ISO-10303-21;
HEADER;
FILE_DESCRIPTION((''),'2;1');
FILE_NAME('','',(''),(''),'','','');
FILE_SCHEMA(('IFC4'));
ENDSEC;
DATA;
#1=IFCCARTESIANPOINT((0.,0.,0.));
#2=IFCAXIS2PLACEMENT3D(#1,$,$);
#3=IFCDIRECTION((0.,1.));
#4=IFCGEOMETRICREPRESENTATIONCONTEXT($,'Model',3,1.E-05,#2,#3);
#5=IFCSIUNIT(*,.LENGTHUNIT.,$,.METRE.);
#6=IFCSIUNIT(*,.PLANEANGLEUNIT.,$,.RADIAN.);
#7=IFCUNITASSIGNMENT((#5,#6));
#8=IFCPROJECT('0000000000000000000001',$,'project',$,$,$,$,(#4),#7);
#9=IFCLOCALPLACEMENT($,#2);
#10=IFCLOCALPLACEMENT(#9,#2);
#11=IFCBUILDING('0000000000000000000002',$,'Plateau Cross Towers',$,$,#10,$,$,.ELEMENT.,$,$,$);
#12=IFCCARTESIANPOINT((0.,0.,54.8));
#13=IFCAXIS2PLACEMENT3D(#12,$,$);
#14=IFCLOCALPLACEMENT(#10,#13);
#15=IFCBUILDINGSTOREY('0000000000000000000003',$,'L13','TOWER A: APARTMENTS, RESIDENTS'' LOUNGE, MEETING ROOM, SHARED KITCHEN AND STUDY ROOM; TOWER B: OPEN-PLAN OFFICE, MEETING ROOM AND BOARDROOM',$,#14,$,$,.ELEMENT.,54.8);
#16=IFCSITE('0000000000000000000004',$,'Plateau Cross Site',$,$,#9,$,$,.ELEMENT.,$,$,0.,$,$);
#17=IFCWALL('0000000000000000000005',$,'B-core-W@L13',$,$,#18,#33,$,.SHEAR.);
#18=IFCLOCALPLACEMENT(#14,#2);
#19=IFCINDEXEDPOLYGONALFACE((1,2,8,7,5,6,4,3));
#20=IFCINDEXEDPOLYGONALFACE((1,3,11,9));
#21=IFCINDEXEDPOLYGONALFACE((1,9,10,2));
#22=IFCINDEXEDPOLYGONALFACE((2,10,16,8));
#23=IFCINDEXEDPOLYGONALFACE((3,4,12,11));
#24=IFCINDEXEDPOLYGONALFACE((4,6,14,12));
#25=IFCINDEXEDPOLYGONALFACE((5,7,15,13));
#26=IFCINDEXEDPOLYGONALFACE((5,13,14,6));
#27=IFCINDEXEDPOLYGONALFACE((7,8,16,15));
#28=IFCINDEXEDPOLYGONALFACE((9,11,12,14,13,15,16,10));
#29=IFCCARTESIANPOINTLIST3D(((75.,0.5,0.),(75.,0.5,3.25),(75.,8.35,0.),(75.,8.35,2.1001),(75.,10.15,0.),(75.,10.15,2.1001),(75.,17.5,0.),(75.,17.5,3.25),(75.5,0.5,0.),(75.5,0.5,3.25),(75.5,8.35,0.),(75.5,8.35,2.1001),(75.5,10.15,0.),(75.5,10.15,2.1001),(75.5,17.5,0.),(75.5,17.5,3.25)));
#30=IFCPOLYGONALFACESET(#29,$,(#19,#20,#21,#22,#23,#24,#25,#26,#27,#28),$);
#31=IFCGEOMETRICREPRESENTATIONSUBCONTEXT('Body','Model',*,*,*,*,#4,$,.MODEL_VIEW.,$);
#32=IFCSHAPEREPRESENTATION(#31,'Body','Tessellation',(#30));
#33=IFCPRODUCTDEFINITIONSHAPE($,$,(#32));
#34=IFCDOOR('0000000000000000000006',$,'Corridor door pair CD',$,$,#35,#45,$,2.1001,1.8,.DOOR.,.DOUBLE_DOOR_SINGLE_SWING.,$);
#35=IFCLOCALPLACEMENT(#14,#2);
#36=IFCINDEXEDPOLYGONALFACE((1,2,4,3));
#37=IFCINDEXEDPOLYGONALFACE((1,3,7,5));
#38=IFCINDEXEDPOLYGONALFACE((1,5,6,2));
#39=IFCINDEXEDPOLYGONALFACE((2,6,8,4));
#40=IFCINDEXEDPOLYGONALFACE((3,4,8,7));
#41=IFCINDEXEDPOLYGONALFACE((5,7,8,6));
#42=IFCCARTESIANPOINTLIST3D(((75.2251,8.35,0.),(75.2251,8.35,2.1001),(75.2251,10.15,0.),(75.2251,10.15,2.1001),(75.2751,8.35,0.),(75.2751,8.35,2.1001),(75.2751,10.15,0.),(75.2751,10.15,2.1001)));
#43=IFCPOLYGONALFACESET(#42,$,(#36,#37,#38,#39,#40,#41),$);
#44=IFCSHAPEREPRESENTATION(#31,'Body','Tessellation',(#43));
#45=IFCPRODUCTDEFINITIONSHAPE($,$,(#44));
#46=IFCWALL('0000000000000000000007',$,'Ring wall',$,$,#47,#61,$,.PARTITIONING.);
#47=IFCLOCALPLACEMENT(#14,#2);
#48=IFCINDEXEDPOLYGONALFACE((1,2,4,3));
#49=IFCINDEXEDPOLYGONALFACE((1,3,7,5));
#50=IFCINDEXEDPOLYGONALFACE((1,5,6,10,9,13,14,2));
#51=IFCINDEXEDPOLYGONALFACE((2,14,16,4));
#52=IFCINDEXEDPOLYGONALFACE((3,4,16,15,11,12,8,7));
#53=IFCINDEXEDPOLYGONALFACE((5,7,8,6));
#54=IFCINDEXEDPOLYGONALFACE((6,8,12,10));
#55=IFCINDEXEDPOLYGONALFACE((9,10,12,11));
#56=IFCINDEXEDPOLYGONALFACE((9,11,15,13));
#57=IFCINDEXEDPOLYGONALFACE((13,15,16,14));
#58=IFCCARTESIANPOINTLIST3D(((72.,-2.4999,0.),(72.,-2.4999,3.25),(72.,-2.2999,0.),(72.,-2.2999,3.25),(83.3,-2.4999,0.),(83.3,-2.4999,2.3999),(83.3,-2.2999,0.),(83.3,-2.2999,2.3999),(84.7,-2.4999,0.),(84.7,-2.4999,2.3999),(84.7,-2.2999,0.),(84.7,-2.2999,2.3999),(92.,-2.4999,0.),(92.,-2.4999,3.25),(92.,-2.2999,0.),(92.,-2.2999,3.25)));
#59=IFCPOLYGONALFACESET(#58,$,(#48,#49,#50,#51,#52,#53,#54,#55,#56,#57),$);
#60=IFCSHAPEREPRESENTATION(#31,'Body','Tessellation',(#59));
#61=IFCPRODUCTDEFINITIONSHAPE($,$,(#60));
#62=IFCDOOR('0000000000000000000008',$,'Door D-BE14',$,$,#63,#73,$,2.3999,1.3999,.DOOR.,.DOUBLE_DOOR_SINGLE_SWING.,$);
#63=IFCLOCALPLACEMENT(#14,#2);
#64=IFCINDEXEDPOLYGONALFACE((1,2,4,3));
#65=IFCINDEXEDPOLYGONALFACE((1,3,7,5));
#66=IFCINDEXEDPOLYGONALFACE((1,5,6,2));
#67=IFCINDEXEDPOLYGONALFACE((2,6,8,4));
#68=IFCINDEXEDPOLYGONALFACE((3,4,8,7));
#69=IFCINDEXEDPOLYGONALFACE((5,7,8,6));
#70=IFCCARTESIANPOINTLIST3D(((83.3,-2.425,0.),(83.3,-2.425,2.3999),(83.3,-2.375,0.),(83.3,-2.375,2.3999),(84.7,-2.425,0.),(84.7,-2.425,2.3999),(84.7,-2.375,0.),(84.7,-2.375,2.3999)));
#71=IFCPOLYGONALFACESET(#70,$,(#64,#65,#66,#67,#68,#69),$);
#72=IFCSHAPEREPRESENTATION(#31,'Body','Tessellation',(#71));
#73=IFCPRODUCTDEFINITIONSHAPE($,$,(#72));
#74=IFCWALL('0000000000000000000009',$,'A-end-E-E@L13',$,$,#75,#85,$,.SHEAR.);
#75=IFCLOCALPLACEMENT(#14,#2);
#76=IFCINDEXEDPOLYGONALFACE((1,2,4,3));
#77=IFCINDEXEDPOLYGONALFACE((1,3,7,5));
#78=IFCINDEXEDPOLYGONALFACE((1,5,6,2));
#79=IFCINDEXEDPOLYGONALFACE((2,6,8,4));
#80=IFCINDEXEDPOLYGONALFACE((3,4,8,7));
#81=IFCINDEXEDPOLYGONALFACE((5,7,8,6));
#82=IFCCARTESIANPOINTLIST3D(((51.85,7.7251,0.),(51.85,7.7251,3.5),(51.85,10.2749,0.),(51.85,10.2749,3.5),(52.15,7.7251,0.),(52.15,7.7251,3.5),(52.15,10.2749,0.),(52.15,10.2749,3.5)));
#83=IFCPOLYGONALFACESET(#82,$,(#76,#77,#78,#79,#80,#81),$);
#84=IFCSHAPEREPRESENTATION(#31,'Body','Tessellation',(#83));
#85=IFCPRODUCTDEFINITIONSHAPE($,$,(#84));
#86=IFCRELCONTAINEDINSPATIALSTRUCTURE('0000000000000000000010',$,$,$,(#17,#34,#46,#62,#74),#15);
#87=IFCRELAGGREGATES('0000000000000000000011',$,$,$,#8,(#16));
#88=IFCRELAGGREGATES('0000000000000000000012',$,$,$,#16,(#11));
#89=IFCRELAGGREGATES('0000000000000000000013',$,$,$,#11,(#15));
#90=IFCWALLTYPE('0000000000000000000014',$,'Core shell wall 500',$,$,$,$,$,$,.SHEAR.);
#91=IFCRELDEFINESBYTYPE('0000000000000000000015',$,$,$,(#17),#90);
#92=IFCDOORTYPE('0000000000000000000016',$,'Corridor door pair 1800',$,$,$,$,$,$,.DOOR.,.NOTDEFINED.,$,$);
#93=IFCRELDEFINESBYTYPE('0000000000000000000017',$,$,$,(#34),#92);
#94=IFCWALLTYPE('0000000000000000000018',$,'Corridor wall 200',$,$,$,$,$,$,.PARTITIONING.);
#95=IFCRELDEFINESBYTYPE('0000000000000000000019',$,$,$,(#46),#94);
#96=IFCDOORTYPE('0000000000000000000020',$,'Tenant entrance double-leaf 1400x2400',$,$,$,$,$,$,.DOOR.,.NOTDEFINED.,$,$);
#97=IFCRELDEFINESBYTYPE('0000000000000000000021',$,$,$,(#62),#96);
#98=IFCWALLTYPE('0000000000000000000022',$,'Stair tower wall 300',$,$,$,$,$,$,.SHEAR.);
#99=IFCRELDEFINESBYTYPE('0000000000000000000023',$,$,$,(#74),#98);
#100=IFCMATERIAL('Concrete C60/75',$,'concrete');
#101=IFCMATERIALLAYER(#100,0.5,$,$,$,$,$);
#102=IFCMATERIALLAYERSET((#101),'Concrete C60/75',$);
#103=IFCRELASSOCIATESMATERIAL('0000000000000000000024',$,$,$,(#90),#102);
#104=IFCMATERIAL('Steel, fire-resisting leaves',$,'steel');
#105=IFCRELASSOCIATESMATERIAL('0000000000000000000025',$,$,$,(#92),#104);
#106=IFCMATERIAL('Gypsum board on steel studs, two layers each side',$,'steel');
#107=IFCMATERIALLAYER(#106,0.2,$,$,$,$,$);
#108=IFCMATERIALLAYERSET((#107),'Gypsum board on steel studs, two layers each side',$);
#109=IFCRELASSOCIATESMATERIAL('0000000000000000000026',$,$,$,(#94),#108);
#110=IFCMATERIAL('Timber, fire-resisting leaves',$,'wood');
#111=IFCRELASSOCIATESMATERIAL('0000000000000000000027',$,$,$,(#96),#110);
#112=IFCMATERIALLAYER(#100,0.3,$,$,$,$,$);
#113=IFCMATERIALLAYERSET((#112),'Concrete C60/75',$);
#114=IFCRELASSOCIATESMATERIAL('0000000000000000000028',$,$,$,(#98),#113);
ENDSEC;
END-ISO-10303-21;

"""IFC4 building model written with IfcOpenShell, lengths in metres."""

from ifc_helpers import new_model, si_unit, direction, frame, frame_2d, origin, place, context, subcontext, project, spatial, rectangle, extrude, material, layer, layer_set, type_object, element, fill, save


model = new_model("IFC4")

# Units and contexts
model_context = context("Model", 3, precision=1e-05, world=origin(), true_north=direction((0.0, 1.0)))
body_context = subcontext(model_context, "Body", "Model", "MODEL_VIEW")
ifc_project = project(units=[si_unit("LENGTHUNIT", "METRE"), si_unit("PLANEANGLEUNIT", "RADIAN")], contexts=[model_context])

# Site, building, storey
site_placement = place(None, origin())
site = spatial("IfcSite", under=ifc_project, at=site_placement, Name="Plateau Cross Site", CompositionType="ELEMENT", RefElevation=0.0)
building_placement = place(site_placement, origin())
building = spatial("IfcBuilding", under=site, at=building_placement, Name="Plateau Cross Towers", CompositionType="ELEMENT")
storey_placement = place(building_placement, frame((0.0, 0.0, 54.8)))
storey = spatial("IfcBuildingStorey", under=building, at=storey_placement, Name="L13", Description="TOWER A: APARTMENTS, RESIDENTS' LOUNGE, MEETING ROOM, SHARED KITCHEN AND STUDY ROOM; TOWER B: OPEN-PLAN OFFICE, MEETING ROOM AND BOARDROOM", CompositionType="ELEMENT", Elevation=54.8)

# Shared definitions
ifc_material_1 = material(Name="Concrete C60/75", Category="concrete")

# Shared definitions
ifc_layer_1 = layer(ifc_material_1, 0.5)
ifc_layer_set_1 = layer_set([ifc_layer_1], Name="Concrete C60/75")
wall_type_1 = type_object("IfcWallType", Name="Core shell wall 500", PredefinedType="SHEAR", material=ifc_layer_set_1)

# Walls, openings, doors
wall_1_placement = place(storey_placement, frame((75.25, 0.5, 0.0), z_axis=(0.0, 0.0, 1.0), x_axis=(0.0, 1.0, 0.0)))
wall_1 = element("IfcWall", 1, at=wall_1_placement, inside=storey, type_object=wall_type_1, Name="B-core-W@L13", PredefinedType="SHEAR", context=body_context, shape_type="SweptSolid", body=[
    extrude(rectangle(XDim=17.0, YDim=0.5, at=frame_2d((8.5, 0.0))), origin(), (0.0, 0.0, 1.0), 3.25),
])
opening_1_placement = place(wall_1_placement, frame((7.8501, 0.0, 0.0)))
opening_1 = element("IfcOpeningElement", 2, at=opening_1_placement, cuts=wall_1, PredefinedType="OPENING", context=body_context, shape_type="SweptSolid", body=[
    extrude(rectangle(XDim=1.8, YDim=2.1001, at=frame_2d((0.8999, 1.05))), frame((0.0, 0.26, 0.0), z_axis=(0.0, -1.0, 0.0), x_axis=(1.0, 0.0, 0.0)), (0.0, 0.0, 1.0), 0.52),
])
ifc_material_2 = material(Name="Steel, fire-resisting leaves", Category="steel")
door_type_1 = type_object("IfcDoorType", Name="Corridor door pair 1800", OperationType="NOTDEFINED", PredefinedType="DOOR", material=ifc_material_2)
door_1_placement = place(opening_1_placement, origin())
door_1 = element("IfcDoor", 3, at=door_1_placement, inside=storey, type_object=door_type_1, Name="Corridor door pair CD", OperationType="DOUBLE_DOOR_SINGLE_SWING", OverallHeight=2.1001, OverallWidth=1.8, PredefinedType="DOOR", context=body_context, shape_type="SweptSolid", body=[
    extrude(rectangle(XDim=1.8, YDim=2.1001, at=frame_2d((0.8999, 1.05))), frame((0.0, 0.0249, 0.0), z_axis=(0.0, -1.0, 0.0), x_axis=(1.0, 0.0, 0.0)), (0.0, 0.0, 1.0), 0.05),
])
fill(opening_1, door_1)
ifc_material_3 = material(Name="Gypsum board on steel studs, two layers each side", Category="steel")
ifc_layer_2 = layer(ifc_material_3, 0.2)
ifc_layer_set_2 = layer_set([ifc_layer_2], Name="Gypsum board on steel studs, two layers each side")
wall_type_2 = type_object("IfcWallType", Name="Corridor wall 200", PredefinedType="PARTITIONING", material=ifc_layer_set_2)
wall_2_placement = place(storey_placement, frame((72.0, -2.3999, 0.0), z_axis=(0.0, 0.0, 1.0), x_axis=(1.0, 0.0, 0.0)))
wall_2 = element("IfcWall", 4, at=wall_2_placement, inside=storey, type_object=wall_type_2, Name="Ring wall", PredefinedType="PARTITIONING", context=body_context, shape_type="SweptSolid", body=[
    extrude(rectangle(XDim=20.0, YDim=0.2, at=frame_2d((10.0, 0.0))), origin(), (0.0, 0.0, 1.0), 3.25),
])
opening_2_placement = place(wall_2_placement, frame((11.3, 0.0, 0.0)))
opening_2 = element("IfcOpeningElement", 5, at=opening_2_placement, cuts=wall_2, PredefinedType="OPENING", context=body_context, shape_type="SweptSolid", body=[
    extrude(rectangle(XDim=1.3999, YDim=2.3999, at=frame_2d((0.7, 1.2))), frame((0.0, 0.1099, 0.0), z_axis=(0.0, -1.0, 0.0), x_axis=(1.0, 0.0, 0.0)), (0.0, 0.0, 1.0), 0.22),
])
ifc_material_4 = material(Name="Timber, fire-resisting leaves", Category="wood")
door_type_2 = type_object("IfcDoorType", Name="Tenant entrance double-leaf 1400x2400", OperationType="NOTDEFINED", PredefinedType="DOOR", material=ifc_material_4)
door_2_placement = place(opening_2_placement, origin())
door_2 = element("IfcDoor", 6, at=door_2_placement, inside=storey, type_object=door_type_2, Name="Door D-BE14", OperationType="DOUBLE_DOOR_SINGLE_SWING", OverallHeight=2.3999, OverallWidth=1.3999, PredefinedType="DOOR", context=body_context, shape_type="SweptSolid", body=[
    extrude(rectangle(XDim=1.3999, YDim=2.3999, at=frame_2d((0.7, 1.2))), frame((0.0, 0.0249, 0.0), z_axis=(0.0, -1.0, 0.0), x_axis=(1.0, 0.0, 0.0)), (0.0, 0.0, 1.0), 0.05),
])
fill(opening_2, door_2)

# Wall
ifc_layer_3 = layer(ifc_material_1, 0.3)
ifc_layer_set_3 = layer_set([ifc_layer_3], Name="Concrete C60/75")
wall_type_3 = type_object("IfcWallType", Name="Stair tower wall 300", PredefinedType="SHEAR", material=ifc_layer_set_3)
wall_3_placement = place(storey_placement, frame((52.0, 7.7251, 0.0), z_axis=(0.0, 0.0, 1.0), x_axis=(0.0, 1.0, 0.0)))
element("IfcWall", 7, at=wall_3_placement, inside=storey, type_object=wall_type_3, Name="A-end-E-E@L13", PredefinedType="SHEAR", context=body_context, shape_type="SweptSolid", body=[
    extrude(rectangle(XDim=2.5498, YDim=0.3, at=frame_2d((1.2749, 0.0))), origin(), (0.0, 0.0, 1.0), 3.5),
])

save(model, "model.ifc")
